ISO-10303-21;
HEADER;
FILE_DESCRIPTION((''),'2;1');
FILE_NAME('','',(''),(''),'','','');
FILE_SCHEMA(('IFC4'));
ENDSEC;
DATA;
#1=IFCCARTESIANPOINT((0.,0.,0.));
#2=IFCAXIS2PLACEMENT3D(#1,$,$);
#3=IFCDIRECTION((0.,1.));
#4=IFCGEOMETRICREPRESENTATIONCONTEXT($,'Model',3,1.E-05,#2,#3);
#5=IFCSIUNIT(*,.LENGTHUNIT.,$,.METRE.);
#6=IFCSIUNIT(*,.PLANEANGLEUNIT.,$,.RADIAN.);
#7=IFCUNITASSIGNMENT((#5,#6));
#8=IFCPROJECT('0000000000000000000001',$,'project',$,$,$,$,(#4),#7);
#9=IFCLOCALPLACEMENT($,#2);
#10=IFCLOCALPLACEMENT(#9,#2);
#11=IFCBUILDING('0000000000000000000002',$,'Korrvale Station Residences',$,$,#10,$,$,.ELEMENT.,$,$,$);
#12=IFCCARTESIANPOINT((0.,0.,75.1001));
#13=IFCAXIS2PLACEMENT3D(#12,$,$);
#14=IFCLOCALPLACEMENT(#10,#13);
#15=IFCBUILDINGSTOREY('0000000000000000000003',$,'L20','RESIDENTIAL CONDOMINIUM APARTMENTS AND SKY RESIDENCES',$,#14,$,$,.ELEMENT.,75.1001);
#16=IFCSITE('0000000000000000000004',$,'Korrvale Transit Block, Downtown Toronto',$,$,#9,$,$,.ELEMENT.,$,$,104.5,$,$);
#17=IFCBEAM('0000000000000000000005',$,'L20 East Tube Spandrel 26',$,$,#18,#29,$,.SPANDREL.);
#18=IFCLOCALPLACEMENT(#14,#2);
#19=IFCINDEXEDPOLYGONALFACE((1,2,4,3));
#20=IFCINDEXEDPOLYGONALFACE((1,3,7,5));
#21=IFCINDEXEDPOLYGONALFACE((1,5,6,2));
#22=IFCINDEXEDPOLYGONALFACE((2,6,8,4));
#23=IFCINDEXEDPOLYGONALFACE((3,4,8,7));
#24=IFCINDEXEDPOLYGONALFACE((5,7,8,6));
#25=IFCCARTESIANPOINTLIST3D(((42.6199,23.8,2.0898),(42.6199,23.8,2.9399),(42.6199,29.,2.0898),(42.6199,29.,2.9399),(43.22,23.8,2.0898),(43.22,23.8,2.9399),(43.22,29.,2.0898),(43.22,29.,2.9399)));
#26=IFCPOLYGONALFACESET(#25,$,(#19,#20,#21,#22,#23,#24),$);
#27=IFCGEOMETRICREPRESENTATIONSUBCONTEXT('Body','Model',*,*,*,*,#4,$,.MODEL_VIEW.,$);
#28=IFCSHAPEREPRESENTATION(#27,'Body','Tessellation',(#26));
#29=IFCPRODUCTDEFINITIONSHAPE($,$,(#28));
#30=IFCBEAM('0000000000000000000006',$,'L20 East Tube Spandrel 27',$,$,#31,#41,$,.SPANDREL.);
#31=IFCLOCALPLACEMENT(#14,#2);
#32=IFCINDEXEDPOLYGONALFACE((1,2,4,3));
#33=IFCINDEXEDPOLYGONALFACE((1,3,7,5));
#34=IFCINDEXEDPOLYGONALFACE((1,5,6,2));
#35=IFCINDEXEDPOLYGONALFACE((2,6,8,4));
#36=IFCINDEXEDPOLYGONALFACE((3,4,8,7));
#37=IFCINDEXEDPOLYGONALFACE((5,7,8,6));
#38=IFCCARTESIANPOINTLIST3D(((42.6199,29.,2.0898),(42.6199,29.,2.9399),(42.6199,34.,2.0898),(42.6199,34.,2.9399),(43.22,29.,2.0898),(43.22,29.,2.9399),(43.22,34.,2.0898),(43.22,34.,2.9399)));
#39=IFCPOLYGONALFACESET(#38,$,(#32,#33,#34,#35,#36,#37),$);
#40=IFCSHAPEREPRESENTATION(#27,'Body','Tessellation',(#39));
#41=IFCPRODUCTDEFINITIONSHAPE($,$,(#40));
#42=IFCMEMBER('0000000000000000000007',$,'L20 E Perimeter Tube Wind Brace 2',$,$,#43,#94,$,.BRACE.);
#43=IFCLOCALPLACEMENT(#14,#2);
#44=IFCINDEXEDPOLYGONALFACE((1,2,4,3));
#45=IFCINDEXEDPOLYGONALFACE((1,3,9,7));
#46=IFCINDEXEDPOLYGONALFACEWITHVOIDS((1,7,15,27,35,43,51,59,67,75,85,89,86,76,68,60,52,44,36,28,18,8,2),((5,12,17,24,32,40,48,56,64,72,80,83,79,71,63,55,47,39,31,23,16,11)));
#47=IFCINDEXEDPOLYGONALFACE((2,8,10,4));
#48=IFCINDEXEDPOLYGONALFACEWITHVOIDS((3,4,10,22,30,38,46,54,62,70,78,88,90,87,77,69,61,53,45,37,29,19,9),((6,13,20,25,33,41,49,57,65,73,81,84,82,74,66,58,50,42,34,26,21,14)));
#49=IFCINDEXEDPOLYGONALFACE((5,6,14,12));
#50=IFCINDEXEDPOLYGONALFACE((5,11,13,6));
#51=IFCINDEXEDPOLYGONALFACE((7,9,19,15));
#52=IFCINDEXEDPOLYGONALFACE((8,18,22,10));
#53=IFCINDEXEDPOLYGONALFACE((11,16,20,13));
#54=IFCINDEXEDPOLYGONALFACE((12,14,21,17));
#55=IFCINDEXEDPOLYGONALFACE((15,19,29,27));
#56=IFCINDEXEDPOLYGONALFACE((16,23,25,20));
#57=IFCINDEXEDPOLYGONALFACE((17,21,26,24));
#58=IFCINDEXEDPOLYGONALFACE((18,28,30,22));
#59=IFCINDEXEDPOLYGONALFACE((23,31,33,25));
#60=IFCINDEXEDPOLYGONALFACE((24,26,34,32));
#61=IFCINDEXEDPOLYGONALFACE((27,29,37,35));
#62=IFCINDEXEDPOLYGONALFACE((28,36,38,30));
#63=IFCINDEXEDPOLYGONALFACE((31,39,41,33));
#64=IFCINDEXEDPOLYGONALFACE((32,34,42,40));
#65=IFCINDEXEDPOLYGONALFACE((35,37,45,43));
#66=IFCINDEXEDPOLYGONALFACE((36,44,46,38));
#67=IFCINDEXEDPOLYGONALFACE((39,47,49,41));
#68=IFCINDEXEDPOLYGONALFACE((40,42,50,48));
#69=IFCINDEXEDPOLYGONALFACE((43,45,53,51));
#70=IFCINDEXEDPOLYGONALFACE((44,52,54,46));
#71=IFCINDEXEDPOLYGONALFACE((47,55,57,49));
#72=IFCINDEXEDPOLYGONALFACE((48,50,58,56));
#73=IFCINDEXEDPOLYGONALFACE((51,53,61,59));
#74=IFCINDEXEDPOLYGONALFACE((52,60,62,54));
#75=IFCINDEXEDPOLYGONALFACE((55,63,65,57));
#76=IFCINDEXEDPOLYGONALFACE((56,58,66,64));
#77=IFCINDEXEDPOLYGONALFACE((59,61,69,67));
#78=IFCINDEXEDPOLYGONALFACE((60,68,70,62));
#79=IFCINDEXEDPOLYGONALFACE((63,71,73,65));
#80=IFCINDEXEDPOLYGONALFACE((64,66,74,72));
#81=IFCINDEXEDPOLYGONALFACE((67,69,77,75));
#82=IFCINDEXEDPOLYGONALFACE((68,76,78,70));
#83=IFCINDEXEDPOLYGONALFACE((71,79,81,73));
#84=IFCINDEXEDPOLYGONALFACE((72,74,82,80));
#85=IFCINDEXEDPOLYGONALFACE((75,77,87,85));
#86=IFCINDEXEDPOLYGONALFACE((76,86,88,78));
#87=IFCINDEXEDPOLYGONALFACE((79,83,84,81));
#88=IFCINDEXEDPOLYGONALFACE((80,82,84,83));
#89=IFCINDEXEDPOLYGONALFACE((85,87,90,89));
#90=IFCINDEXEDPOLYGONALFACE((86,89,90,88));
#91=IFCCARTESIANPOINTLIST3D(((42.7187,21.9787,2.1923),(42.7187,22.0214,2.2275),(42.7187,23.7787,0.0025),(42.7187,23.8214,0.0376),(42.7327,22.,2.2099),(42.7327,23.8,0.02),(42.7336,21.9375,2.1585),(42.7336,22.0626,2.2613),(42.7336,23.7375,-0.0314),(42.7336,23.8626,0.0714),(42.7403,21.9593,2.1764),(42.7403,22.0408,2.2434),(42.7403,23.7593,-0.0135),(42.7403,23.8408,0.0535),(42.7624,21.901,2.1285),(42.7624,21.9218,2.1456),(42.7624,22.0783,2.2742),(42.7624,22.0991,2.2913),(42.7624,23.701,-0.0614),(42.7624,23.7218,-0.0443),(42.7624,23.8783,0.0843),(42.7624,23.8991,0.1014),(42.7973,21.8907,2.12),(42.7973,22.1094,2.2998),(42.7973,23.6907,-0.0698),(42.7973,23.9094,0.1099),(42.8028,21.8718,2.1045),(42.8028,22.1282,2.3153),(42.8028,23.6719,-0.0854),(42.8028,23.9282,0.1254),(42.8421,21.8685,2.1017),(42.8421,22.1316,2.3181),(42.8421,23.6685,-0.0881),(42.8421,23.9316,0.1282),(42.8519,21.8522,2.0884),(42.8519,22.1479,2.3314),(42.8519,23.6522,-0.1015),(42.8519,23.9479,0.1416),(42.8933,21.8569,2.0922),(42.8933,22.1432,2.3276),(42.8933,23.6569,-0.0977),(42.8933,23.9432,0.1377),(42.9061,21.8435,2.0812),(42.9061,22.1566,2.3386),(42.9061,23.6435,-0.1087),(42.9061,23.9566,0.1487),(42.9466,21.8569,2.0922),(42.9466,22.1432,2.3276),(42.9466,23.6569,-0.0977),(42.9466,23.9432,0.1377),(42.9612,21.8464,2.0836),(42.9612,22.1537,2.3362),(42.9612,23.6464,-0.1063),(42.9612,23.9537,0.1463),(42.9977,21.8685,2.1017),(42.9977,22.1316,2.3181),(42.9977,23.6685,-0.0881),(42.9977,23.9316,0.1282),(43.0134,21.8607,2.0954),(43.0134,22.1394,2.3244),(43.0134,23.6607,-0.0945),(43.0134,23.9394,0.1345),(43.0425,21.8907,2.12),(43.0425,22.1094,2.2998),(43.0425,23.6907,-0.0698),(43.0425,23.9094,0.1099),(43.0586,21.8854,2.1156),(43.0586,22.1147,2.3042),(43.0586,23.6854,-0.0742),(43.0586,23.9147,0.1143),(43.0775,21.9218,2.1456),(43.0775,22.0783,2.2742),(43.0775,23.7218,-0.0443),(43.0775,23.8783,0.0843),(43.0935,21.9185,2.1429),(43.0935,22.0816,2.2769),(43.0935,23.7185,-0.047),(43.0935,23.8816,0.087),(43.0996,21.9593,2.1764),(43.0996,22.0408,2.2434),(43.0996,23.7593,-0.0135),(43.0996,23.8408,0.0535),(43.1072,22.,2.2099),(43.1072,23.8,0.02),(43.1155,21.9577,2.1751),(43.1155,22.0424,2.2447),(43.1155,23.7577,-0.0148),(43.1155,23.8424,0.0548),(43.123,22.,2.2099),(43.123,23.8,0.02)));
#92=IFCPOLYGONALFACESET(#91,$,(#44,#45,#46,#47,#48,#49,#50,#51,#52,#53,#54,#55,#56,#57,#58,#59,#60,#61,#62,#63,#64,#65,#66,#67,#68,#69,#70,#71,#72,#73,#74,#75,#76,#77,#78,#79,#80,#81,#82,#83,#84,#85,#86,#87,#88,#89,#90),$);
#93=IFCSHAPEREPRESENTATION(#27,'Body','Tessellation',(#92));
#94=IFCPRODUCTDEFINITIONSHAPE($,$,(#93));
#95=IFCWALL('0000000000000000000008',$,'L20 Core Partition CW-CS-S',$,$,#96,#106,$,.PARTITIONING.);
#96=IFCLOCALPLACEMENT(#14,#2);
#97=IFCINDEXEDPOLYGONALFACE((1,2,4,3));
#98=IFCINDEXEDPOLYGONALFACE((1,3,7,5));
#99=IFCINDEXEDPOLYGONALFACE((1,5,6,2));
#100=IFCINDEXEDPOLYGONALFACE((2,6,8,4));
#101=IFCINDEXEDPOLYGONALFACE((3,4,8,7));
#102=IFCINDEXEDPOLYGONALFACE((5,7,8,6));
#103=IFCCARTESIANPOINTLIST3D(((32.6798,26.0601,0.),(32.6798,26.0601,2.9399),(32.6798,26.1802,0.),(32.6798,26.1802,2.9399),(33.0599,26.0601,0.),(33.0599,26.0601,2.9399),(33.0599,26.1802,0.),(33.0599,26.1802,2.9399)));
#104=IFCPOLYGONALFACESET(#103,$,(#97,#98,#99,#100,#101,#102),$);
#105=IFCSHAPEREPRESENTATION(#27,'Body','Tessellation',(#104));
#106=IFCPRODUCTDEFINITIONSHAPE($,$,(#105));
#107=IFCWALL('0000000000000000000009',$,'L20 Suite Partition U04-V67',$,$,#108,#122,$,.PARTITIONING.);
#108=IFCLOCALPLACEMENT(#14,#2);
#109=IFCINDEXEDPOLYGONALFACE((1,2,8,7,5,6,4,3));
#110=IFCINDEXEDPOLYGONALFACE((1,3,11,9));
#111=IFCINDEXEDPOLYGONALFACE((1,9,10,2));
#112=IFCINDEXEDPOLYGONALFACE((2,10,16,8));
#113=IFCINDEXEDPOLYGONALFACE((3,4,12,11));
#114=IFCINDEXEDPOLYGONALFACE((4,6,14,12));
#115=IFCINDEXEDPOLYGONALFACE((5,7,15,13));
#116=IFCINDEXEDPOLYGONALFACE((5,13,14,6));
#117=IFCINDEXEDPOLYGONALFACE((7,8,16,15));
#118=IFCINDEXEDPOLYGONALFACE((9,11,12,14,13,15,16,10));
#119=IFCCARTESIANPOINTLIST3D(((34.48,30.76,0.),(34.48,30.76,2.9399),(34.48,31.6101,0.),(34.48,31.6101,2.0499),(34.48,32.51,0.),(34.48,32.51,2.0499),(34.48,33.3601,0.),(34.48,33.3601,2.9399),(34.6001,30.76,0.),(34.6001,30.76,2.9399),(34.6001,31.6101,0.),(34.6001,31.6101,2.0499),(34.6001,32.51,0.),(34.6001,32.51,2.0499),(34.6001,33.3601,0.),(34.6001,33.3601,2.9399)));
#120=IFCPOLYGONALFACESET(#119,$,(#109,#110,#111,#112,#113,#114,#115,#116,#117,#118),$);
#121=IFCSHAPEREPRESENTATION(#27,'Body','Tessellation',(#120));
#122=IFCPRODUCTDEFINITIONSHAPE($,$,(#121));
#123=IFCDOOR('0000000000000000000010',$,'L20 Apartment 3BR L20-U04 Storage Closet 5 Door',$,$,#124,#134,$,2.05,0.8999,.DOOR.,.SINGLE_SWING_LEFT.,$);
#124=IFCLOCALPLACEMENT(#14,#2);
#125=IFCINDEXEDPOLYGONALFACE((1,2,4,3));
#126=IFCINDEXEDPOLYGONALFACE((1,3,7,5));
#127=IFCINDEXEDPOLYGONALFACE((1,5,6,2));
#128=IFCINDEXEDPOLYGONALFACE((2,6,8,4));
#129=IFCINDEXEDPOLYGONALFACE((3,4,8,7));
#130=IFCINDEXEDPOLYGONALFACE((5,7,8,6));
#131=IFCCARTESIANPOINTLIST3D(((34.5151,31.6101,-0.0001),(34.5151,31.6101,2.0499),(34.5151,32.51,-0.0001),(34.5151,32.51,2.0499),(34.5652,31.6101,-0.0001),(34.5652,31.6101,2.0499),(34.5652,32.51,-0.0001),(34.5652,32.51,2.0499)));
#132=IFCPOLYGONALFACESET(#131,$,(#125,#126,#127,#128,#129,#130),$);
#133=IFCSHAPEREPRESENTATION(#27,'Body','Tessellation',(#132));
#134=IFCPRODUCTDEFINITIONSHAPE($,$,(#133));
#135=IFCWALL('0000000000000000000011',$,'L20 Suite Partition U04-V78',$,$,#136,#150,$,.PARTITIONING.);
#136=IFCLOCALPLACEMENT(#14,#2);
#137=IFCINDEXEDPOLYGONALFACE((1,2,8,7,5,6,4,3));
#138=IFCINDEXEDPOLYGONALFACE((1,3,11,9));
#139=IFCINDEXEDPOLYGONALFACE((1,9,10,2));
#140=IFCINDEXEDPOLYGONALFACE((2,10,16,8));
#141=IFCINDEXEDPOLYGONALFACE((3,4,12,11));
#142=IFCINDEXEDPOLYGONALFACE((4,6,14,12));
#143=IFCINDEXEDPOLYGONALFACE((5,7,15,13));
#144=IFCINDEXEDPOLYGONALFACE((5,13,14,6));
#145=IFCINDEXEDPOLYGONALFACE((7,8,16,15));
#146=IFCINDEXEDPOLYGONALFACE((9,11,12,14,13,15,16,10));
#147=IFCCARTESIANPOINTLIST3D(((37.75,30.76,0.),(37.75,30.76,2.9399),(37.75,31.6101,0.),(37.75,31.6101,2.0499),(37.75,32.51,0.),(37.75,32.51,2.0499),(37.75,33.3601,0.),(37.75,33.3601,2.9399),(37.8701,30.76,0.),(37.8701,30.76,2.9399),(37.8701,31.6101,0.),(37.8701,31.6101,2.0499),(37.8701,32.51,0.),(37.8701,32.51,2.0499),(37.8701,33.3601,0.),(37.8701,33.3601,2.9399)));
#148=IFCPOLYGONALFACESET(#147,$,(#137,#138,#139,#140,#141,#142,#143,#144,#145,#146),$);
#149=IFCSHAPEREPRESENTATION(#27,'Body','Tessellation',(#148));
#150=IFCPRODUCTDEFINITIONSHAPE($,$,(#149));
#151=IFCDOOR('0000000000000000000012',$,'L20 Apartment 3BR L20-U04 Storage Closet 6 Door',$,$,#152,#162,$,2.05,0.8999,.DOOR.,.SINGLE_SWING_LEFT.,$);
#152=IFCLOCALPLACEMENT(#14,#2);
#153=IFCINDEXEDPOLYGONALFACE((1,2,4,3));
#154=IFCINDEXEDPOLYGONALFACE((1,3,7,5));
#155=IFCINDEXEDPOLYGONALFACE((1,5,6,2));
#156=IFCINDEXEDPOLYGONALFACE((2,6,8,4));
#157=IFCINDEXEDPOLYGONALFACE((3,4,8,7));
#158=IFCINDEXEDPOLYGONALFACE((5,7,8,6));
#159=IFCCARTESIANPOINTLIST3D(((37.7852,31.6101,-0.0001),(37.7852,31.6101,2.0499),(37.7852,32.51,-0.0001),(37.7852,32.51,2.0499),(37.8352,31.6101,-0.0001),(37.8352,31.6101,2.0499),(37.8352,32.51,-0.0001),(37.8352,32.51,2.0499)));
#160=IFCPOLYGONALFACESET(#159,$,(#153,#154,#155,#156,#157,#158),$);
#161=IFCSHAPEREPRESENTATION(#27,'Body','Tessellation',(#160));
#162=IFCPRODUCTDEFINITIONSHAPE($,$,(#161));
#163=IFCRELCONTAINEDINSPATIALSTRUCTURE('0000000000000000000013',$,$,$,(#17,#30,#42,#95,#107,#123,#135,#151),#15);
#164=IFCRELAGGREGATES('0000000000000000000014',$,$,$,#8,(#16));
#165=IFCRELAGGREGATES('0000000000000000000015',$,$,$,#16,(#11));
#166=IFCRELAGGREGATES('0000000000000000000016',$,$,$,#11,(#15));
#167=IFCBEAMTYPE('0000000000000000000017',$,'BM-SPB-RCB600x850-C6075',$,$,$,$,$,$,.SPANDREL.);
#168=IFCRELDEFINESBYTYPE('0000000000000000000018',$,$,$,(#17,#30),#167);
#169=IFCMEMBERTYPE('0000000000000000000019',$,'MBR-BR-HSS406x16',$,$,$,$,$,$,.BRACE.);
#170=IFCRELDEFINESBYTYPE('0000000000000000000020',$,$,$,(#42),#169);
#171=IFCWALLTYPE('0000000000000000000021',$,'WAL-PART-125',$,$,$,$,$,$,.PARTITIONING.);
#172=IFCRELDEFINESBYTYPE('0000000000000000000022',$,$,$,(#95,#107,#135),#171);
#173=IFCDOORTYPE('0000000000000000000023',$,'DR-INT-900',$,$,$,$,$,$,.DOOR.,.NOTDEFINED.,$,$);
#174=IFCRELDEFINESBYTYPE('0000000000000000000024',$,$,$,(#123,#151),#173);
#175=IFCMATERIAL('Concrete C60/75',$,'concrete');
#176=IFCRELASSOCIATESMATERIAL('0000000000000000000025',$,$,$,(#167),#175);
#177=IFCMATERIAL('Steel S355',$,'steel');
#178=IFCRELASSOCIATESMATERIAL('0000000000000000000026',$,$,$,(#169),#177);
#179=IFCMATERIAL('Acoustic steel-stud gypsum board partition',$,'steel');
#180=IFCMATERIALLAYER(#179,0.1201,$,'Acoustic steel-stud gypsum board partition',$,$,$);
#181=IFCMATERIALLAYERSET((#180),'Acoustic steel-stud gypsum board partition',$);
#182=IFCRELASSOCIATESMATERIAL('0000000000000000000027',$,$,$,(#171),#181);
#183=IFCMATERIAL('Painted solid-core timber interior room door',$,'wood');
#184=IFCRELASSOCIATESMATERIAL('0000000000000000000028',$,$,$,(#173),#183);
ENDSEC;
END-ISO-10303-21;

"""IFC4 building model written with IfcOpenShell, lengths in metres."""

from ifc_helpers import new_model, si_unit, direction, frame, frame_2d, origin, origin_2d, place, context, subcontext, project, spatial, rectangle, hollow_circle, extrude, material, layer, layer_set, material_profile, profile_set, type_object, element, fill, save


model = new_model("IFC4")

# Units and contexts
model_context = context("Model", 3, precision=1e-05, world=origin(), true_north=direction((0.0, 1.0)))
body_context = subcontext(model_context, "Body", "Model", "MODEL_VIEW")
ifc_project = project(units=[si_unit("LENGTHUNIT", "METRE"), si_unit("PLANEANGLEUNIT", "RADIAN")], contexts=[model_context])

# Site, building, storey
site_placement = place(None, origin())
site = spatial("IfcSite", under=ifc_project, at=site_placement, Name="Korrvale Transit Block, Downtown Toronto", CompositionType="ELEMENT", RefElevation=104.5)
building_placement = place(site_placement, origin())
building = spatial("IfcBuilding", under=site, at=building_placement, Name="Korrvale Station Residences", CompositionType="ELEMENT")
storey_placement = place(building_placement, frame((0.0, 0.0, 75.1001)))
storey = spatial("IfcBuildingStorey", under=building, at=storey_placement, Name="L20", Description="RESIDENTIAL CONDOMINIUM APARTMENTS AND SKY RESIDENCES", CompositionType="ELEMENT", Elevation=75.1001)

# Shared definitions
ifc_material_1 = material(Name="Concrete C60/75", Category="concrete")

# Beams
ifc_material_2 = material(Name="Steel S355", Category="steel")
ifc_material_profile_1 = material_profile(ifc_material_1, rectangle(XDim=0.6001, YDim=0.8501, at=origin_2d()), Name="RCB600x850")
ifc_profile_set_1 = profile_set([ifc_material_profile_1], Name="Concrete C60/75")
beam_type_1 = type_object("IfcBeamType", Name="BM-SPB-RCB600x850-C6075", PredefinedType="SPANDREL", material=ifc_profile_set_1)
beam_1_placement = place(storey_placement, frame((42.9199, 23.8, 2.5149), z_axis=(0.0, 1.0, 0.0), x_axis=(-1.0, 0.0, 0.0)))
element("IfcBeam", 1, at=beam_1_placement, inside=storey, type_object=beam_type_1, Name="L20 East Tube Spandrel 26", PredefinedType="SPANDREL", context=body_context, shape_type="SweptSolid", body=[
    extrude(rectangle(XDim=0.6001, YDim=0.8501, at=origin_2d()), origin(), (0.0, 0.0, 1.0), 5.2),
])
beam_2_placement = place(storey_placement, frame((42.9199, 29.0, 2.5149), z_axis=(0.0, 1.0, 0.0), x_axis=(-1.0, 0.0, 0.0)))
element("IfcBeam", 2, at=beam_2_placement, inside=storey, type_object=beam_type_1, Name="L20 East Tube Spandrel 27", PredefinedType="SPANDREL", context=body_context, shape_type="SweptSolid", body=[
    extrude(rectangle(XDim=0.6001, YDim=0.8501, at=origin_2d()), origin(), (0.0, 0.0, 1.0), 5.0),
])

# Member
ifc_material_profile_2 = material_profile(ifc_material_2, hollow_circle(Radius=0.2031, WallThickness=0.0159, at=origin_2d()), Name="HSS406x16")
ifc_profile_set_2 = profile_set([ifc_material_profile_2], Name="Steel S355")
member_type = type_object("IfcMemberType", Name="MBR-BR-HSS406x16", PredefinedType="BRACE", material=ifc_profile_set_2)
member_placement = place(storey_placement, frame((42.9199, 23.8, 0.02), z_axis=(0.0, -0.634985, 0.772524), x_axis=(1.0, 0.0, 0.0)))
element("IfcMember", 3, at=member_placement, inside=storey, type_object=member_type, Name="L20 E Perimeter Tube Wind Brace 2", PredefinedType="BRACE", context=body_context, shape_type="SweptSolid", body=[
    extrude(hollow_circle(Radius=0.2031, WallThickness=0.0159, at=origin_2d()), origin(), (0.0, 0.0, 1.0), 2.8347),
])

# Wall
ifc_material_3 = material(Name="Acoustic steel-stud gypsum board partition", Category="steel")
ifc_layer_1 = layer(ifc_material_3, 0.1201, Name="Acoustic steel-stud gypsum board partition")
ifc_layer_set_1 = layer_set([ifc_layer_1], Name="Acoustic steel-stud gypsum board partition")
wall_type_1 = type_object("IfcWallType", Name="WAL-PART-125", PredefinedType="PARTITIONING", material=ifc_layer_set_1)
wall_1_placement = place(storey_placement, frame((32.6799, 26.1201, 0.0), z_axis=(0.0, 0.0, 1.0), x_axis=(1.0, 0.0, 0.0)))
element("IfcWall", 4, at=wall_1_placement, inside=storey, type_object=wall_type_1, Name="L20 Core Partition CW-CS-S", PredefinedType="PARTITIONING", context=body_context, shape_type="SweptSolid", body=[
    extrude(rectangle(XDim=0.3801, YDim=0.1201, at=frame_2d((0.1899, 0.0))), origin(), (0.0, 0.0, 1.0), 2.9399),
])

# Walls, openings, doors
wall_2_placement = place(storey_placement, frame((34.54, 30.76, 0.0), z_axis=(0.0, 0.0, 1.0), x_axis=(0.0, 1.0, 0.0)))
wall_2 = element("IfcWall", 5, at=wall_2_placement, inside=storey, type_object=wall_type_1, Name="L20 Suite Partition U04-V67", PredefinedType="PARTITIONING", context=body_context, shape_type="SweptSolid", body=[
    extrude(rectangle(XDim=2.6001, YDim=0.1201, at=frame_2d((1.3, 0.0))), origin(), (0.0, 0.0, 1.0), 2.9399),
])
opening_1_placement = place(wall_2_placement, frame((0.8501, 0.0, 0.0)))
opening_1 = element("IfcOpeningElement", 6, at=opening_1_placement, cuts=wall_2, PredefinedType="OPENING", context=body_context, shape_type="SweptSolid", body=[
    extrude(rectangle(XDim=0.8999, YDim=2.05, at=frame_2d((0.45, 1.0249))), frame((0.0, 0.0701, 0.0), z_axis=(0.0, -1.0, 0.0), x_axis=(1.0, 0.0, 0.0)), (0.0, 0.0, 1.0), 0.1401),
])
ifc_material_4 = material(Name="Painted solid-core timber interior room door", Category="wood")
door_type_1 = type_object("IfcDoorType", Name="DR-INT-900", OperationType="NOTDEFINED", PredefinedType="DOOR", material=ifc_material_4)
door_1_placement = place(opening_1_placement, origin())
door_1 = element("IfcDoor", 7, at=door_1_placement, inside=storey, type_object=door_type_1, Name="L20 Apartment 3BR L20-U04 Storage Closet 5 Door", OperationType="SINGLE_SWING_LEFT", OverallHeight=2.05, OverallWidth=0.8999, PredefinedType="DOOR", context=body_context, shape_type="SweptSolid", body=[
    extrude(rectangle(XDim=0.8999, YDim=2.05, at=frame_2d((0.45, 1.0249))), frame((0.0, 0.0249, 0.0), z_axis=(0.0, -1.0, 0.0), x_axis=(1.0, 0.0, 0.0)), (0.0, 0.0, 1.0), 0.05),
])
fill(opening_1, door_1)
wall_3_placement = place(storey_placement, frame((37.8101, 30.76, 0.0), z_axis=(0.0, 0.0, 1.0), x_axis=(0.0, 1.0, 0.0)))
wall_3 = element("IfcWall", 8, at=wall_3_placement, inside=storey, type_object=wall_type_1, Name="L20 Suite Partition U04-V78", PredefinedType="PARTITIONING", context=body_context, shape_type="SweptSolid", body=[
    extrude(rectangle(XDim=2.6001, YDim=0.1201, at=frame_2d((1.3, 0.0))), origin(), (0.0, 0.0, 1.0), 2.9399),
])
opening_2_placement = place(wall_3_placement, frame((0.8501, 0.0, 0.0)))
opening_2 = element("IfcOpeningElement", 9, at=opening_2_placement, cuts=wall_3, PredefinedType="OPENING", context=body_context, shape_type="SweptSolid", body=[
    extrude(rectangle(XDim=0.8999, YDim=2.05, at=frame_2d((0.45, 1.0249))), frame((0.0, 0.0701, 0.0), z_axis=(0.0, -1.0, 0.0), x_axis=(1.0, 0.0, 0.0)), (0.0, 0.0, 1.0), 0.1401),
])
door_2_placement = place(opening_2_placement, origin())
door_2 = element("IfcDoor", 10, at=door_2_placement, inside=storey, type_object=door_type_1, Name="L20 Apartment 3BR L20-U04 Storage Closet 6 Door", OperationType="SINGLE_SWING_LEFT", OverallHeight=2.05, OverallWidth=0.8999, PredefinedType="DOOR", context=body_context, shape_type="SweptSolid", body=[
    extrude(rectangle(XDim=0.8999, YDim=2.05, at=frame_2d((0.45, 1.0249))), frame((0.0, 0.0249, 0.0), z_axis=(0.0, -1.0, 0.0), x_axis=(1.0, 0.0, 0.0)), (0.0, 0.0, 1.0), 0.05),
])
fill(opening_2, door_2)

save(model, "model.ifc")
